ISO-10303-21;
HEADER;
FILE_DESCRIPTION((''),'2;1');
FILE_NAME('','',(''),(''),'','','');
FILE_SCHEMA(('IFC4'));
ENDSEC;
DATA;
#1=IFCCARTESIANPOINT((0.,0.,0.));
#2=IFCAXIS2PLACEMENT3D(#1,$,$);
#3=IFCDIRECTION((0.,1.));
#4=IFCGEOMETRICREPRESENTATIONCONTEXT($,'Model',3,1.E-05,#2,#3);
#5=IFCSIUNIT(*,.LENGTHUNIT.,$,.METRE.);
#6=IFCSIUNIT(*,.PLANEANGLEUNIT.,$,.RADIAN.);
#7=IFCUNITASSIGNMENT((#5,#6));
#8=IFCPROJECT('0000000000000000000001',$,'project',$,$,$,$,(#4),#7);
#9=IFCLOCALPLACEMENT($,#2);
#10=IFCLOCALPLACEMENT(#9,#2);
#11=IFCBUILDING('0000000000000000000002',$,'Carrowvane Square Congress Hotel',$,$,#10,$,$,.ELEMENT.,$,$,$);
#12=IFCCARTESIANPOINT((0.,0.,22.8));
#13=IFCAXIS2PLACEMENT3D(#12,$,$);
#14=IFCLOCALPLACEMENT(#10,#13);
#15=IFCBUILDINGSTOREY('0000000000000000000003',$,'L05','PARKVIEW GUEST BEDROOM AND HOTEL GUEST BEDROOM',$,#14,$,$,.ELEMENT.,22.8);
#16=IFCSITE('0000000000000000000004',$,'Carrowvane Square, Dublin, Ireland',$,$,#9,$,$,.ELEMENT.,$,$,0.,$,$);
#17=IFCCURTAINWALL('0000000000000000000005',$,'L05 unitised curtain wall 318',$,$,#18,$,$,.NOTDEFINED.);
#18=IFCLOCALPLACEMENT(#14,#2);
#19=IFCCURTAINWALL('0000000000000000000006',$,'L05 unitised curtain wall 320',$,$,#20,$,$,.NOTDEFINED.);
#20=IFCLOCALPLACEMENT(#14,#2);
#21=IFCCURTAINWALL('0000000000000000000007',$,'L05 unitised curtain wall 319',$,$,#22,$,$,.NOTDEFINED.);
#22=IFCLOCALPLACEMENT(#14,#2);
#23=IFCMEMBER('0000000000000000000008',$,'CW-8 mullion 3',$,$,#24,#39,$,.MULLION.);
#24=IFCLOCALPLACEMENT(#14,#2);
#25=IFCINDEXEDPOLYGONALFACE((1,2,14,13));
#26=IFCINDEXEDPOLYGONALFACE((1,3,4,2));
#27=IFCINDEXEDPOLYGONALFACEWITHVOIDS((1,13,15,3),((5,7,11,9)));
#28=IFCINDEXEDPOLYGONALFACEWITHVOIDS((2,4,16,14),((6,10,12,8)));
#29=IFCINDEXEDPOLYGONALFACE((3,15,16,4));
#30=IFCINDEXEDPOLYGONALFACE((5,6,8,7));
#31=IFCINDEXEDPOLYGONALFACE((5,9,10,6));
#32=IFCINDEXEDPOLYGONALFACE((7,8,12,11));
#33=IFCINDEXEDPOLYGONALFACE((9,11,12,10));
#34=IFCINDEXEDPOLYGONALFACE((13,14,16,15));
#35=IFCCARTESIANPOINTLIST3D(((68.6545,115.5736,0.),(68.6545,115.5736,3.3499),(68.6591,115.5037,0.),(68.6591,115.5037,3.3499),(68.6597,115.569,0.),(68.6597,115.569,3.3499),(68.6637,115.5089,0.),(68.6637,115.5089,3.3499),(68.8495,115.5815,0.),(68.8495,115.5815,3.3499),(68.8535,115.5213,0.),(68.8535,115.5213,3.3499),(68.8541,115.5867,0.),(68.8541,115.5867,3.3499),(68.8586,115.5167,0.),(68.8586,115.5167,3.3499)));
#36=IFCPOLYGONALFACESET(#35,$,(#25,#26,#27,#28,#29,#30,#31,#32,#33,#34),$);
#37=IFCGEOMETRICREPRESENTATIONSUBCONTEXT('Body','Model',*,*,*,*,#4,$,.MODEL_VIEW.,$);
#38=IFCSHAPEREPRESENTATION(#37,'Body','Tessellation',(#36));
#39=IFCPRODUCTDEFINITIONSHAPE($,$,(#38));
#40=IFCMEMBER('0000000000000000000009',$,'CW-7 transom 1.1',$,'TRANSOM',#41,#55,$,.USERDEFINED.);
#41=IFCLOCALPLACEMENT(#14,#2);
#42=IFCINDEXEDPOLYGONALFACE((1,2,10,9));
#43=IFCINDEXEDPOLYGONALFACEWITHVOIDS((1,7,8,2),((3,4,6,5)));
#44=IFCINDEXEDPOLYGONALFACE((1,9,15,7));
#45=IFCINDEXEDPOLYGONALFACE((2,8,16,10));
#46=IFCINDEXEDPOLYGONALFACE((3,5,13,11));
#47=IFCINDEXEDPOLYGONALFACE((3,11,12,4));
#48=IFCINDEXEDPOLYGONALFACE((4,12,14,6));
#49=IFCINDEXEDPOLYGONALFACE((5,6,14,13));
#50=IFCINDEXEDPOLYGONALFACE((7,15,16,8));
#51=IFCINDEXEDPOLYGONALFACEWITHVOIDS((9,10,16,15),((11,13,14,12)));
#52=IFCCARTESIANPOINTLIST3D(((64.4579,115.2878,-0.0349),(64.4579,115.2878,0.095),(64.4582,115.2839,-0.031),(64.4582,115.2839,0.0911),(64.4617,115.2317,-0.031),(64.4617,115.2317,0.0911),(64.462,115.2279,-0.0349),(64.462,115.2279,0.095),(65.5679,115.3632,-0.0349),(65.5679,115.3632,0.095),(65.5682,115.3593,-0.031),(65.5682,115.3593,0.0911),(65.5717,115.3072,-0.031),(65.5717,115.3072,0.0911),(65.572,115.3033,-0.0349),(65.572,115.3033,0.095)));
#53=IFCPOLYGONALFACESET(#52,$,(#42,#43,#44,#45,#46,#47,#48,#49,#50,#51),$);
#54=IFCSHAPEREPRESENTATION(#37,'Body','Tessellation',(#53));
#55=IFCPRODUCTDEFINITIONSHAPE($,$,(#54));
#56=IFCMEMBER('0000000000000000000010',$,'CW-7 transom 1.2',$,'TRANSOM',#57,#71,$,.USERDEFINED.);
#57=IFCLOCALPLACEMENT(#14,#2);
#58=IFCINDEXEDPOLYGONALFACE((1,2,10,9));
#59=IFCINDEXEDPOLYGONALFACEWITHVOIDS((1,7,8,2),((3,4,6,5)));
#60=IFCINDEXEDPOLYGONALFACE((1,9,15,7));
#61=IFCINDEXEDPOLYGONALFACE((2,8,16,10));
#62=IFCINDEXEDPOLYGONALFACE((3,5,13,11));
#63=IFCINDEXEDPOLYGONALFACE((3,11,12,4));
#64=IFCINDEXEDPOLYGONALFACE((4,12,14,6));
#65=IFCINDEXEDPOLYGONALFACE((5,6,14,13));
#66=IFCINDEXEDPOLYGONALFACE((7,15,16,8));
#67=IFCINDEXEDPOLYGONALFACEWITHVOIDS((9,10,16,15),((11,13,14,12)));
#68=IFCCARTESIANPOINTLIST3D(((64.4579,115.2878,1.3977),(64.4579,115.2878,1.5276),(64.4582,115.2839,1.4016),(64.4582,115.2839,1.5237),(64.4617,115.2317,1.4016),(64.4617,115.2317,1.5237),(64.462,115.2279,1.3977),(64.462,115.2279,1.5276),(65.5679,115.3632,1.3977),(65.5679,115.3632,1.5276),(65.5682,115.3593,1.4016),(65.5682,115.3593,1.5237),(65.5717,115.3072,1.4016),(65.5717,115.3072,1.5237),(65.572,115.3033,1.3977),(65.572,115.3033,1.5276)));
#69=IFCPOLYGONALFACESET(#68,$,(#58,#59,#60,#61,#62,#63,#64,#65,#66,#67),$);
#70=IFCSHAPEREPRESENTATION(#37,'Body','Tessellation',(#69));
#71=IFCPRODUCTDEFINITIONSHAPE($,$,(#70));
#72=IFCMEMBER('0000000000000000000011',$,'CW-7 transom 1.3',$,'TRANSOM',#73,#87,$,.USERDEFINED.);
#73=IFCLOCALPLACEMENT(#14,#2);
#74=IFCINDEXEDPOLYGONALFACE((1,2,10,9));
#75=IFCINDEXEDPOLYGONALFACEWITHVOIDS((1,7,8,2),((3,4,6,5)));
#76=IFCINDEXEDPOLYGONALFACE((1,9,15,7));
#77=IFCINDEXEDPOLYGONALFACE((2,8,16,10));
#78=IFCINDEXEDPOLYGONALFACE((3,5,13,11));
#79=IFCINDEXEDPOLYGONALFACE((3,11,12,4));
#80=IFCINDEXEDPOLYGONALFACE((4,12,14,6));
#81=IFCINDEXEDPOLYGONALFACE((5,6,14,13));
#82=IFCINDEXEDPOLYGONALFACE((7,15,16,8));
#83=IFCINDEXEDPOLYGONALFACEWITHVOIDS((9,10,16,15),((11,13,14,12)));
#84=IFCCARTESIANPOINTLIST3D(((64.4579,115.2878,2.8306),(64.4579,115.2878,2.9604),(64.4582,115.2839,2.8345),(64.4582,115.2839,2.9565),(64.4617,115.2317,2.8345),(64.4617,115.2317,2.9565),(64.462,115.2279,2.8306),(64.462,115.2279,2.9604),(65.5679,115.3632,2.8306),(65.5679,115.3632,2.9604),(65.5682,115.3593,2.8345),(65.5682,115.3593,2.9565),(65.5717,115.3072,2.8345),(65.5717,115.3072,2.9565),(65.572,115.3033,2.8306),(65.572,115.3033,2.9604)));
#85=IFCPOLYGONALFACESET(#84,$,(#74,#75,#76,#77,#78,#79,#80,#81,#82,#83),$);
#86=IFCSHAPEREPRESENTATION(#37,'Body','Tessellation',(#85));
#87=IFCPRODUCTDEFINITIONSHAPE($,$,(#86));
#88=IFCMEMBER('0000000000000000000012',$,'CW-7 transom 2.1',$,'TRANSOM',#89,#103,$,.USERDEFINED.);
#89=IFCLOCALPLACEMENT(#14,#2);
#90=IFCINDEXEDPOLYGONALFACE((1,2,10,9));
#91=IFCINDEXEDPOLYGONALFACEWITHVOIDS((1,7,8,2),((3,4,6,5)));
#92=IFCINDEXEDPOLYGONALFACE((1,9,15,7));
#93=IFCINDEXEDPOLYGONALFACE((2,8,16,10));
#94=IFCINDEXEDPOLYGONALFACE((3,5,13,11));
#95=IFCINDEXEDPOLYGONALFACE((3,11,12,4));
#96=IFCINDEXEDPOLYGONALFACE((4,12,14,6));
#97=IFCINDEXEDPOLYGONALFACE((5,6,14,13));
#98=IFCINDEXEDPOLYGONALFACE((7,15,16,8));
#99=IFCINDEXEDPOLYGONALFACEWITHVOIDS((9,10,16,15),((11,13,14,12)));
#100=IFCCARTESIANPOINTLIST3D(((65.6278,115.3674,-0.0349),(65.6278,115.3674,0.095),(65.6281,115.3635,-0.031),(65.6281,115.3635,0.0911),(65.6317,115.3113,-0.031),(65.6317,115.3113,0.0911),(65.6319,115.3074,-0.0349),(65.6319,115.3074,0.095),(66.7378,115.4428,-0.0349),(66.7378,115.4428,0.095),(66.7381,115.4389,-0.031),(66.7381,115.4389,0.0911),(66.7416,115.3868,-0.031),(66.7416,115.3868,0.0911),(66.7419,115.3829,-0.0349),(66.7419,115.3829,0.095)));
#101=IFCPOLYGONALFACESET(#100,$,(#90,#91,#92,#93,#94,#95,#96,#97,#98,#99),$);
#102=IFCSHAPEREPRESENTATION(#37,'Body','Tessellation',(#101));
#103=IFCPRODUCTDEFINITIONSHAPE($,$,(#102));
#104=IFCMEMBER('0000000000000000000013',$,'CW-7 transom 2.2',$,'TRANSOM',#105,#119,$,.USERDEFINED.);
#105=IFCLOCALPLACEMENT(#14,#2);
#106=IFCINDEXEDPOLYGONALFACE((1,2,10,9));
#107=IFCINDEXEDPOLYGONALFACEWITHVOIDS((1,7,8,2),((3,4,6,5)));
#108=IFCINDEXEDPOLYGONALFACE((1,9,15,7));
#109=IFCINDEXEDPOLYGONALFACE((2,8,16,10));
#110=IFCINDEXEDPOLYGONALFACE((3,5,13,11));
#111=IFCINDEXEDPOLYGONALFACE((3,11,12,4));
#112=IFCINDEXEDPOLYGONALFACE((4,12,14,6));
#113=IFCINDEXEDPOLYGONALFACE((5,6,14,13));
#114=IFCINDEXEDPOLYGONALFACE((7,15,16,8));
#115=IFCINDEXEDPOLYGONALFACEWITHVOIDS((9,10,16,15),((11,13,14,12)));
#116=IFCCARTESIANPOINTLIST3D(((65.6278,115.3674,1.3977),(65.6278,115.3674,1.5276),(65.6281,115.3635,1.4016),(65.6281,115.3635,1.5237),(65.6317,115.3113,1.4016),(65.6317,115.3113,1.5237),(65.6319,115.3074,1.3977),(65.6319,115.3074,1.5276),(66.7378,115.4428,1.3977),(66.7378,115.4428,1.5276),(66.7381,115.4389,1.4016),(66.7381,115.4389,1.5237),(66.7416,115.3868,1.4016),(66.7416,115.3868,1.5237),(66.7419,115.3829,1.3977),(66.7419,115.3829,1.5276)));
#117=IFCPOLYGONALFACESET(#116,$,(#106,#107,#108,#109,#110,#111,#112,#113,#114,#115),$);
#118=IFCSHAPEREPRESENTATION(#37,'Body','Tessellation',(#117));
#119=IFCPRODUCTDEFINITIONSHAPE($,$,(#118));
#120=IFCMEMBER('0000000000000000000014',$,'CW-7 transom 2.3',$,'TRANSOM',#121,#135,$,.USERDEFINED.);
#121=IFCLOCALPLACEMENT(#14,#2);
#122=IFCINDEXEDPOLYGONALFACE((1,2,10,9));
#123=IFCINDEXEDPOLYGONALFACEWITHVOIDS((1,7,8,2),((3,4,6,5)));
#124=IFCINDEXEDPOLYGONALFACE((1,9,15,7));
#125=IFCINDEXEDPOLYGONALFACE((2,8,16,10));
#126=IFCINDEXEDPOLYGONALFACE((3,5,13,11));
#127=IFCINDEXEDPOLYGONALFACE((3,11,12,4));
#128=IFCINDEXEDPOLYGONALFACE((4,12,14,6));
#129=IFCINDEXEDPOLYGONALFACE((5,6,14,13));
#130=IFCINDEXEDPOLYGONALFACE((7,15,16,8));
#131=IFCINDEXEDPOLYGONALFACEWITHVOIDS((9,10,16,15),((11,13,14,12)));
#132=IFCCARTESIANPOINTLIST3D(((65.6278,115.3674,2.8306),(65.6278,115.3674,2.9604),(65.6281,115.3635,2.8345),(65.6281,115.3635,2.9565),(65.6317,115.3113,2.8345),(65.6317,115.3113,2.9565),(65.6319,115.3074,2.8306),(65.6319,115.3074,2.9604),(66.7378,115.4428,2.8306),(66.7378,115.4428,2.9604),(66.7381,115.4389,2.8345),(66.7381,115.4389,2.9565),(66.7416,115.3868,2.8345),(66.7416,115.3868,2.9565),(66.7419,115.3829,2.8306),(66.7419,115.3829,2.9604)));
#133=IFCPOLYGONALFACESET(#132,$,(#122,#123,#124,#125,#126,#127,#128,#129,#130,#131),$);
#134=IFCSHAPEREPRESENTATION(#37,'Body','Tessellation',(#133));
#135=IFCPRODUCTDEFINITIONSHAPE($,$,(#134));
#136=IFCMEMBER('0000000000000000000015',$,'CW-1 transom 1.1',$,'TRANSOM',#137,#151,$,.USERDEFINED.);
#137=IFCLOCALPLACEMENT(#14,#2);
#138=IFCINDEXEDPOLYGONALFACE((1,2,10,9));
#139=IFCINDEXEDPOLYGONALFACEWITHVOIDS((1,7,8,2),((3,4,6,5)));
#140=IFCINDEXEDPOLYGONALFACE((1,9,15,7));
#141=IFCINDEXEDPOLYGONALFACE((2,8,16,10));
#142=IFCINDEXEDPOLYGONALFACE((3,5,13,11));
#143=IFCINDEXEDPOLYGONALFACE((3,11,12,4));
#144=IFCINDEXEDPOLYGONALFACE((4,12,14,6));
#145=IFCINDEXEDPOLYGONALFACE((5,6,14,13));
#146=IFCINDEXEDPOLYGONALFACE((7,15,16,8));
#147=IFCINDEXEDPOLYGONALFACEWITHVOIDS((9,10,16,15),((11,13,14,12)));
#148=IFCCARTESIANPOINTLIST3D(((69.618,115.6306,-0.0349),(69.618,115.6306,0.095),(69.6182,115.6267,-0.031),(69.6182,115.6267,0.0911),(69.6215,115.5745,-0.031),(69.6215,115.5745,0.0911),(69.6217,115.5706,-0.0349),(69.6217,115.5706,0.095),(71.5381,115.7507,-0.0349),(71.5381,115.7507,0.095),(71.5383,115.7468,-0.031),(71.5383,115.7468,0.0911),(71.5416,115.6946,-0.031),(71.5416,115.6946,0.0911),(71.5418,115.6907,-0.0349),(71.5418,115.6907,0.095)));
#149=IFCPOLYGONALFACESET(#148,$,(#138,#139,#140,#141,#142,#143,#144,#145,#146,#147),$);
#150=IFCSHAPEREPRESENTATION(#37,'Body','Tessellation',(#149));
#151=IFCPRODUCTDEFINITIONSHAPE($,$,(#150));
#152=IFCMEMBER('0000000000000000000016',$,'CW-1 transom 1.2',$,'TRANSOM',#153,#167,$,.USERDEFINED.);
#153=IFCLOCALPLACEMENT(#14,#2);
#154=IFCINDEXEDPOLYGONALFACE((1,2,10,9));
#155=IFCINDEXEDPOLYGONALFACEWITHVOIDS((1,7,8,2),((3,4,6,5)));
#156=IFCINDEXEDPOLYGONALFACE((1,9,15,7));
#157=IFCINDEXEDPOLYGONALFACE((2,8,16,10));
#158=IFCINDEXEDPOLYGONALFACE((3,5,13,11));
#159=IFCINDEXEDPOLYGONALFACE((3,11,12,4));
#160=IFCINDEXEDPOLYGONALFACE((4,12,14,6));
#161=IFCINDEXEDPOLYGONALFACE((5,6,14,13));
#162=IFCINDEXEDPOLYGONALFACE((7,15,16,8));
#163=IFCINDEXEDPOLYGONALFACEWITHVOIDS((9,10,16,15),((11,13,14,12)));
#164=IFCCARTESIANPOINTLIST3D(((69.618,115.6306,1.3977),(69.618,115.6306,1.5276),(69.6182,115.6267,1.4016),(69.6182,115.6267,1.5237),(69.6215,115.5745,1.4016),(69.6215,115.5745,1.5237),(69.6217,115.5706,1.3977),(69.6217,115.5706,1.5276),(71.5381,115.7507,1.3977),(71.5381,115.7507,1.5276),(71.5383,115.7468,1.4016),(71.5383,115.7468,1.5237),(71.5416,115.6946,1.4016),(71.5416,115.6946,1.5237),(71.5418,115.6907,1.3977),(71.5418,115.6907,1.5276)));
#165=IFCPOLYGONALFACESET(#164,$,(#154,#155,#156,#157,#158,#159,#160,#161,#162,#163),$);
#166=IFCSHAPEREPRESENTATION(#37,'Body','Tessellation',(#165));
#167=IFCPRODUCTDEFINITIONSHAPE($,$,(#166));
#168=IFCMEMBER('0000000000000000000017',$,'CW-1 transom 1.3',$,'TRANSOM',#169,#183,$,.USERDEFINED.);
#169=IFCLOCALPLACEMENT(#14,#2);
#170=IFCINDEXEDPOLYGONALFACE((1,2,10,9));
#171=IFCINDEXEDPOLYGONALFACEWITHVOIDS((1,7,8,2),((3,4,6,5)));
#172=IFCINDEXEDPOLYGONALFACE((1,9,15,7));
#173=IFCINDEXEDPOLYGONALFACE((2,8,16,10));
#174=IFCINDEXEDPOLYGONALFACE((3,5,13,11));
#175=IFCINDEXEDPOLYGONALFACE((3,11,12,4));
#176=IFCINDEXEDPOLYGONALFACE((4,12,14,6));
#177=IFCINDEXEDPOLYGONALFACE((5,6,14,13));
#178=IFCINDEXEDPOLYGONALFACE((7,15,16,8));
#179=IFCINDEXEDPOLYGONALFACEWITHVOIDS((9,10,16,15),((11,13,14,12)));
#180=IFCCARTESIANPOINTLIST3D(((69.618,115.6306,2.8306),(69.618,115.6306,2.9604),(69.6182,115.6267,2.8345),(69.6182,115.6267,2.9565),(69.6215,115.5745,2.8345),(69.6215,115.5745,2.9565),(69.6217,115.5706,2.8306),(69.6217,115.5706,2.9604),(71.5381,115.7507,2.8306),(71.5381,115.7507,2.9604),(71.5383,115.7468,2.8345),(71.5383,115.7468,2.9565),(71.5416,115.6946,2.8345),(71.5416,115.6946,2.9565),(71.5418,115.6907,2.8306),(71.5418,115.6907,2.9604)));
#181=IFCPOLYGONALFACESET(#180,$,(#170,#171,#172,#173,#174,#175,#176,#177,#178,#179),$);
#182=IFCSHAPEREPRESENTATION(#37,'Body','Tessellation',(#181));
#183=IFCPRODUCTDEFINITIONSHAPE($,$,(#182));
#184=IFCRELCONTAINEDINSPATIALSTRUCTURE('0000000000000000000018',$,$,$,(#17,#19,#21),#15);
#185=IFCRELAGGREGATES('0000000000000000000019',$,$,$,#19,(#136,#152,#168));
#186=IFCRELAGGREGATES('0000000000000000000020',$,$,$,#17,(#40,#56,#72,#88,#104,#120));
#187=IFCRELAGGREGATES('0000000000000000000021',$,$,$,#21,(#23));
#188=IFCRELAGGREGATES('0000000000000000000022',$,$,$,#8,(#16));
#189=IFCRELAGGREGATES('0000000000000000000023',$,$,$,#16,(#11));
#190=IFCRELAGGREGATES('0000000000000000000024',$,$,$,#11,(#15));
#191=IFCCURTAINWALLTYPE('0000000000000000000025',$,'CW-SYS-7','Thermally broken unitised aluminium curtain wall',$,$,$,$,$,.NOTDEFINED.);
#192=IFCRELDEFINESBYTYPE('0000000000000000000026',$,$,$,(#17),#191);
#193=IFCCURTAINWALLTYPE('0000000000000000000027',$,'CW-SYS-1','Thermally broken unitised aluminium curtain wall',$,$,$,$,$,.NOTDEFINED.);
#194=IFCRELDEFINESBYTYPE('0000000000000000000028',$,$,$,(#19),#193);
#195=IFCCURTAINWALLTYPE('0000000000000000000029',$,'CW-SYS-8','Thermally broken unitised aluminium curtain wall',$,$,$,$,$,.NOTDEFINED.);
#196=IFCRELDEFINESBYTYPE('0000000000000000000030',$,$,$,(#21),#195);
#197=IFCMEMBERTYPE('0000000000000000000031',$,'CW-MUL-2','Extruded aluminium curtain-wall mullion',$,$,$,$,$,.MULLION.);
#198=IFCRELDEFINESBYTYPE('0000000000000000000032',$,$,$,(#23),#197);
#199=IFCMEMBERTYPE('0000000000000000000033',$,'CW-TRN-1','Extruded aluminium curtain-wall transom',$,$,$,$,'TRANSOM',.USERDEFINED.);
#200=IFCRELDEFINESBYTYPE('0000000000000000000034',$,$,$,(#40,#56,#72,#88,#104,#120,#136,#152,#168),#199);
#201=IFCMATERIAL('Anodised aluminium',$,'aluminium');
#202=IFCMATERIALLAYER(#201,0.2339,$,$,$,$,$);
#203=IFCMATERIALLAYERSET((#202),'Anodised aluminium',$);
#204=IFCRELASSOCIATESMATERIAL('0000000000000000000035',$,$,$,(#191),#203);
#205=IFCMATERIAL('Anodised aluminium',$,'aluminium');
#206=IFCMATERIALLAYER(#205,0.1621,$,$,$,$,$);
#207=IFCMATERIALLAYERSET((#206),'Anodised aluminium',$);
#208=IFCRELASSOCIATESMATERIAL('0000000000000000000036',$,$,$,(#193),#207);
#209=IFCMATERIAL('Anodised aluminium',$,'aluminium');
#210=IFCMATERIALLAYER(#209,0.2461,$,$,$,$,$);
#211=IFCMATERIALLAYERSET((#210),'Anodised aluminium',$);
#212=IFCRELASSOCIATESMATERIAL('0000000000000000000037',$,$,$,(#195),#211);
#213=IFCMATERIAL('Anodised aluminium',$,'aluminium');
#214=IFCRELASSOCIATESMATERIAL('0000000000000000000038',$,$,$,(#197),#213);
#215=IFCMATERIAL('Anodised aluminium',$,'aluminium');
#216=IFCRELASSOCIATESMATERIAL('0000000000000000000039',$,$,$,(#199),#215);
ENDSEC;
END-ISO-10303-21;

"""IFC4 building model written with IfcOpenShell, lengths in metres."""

from ifc_helpers import new_model, si_unit, direction, frame, origin, origin_2d, place, context, subcontext, project, spatial, hollow_rectangle, extrude, material, layer, layer_set, material_profile, profile_set, type_object, element, aggregate, save


model = new_model("IFC4")

# Units and contexts
model_context = context("Model", 3, precision=1e-05, world=origin(), true_north=direction((0.0, 1.0)))
body_context = subcontext(model_context, "Body", "Model", "MODEL_VIEW")
ifc_project = project(units=[si_unit("LENGTHUNIT", "METRE"), si_unit("PLANEANGLEUNIT", "RADIAN")], contexts=[model_context])

# Site, building, storey
site_placement = place(None, origin())
site = spatial("IfcSite", under=ifc_project, at=site_placement, Name="Carrowvane Square, Dublin, Ireland", CompositionType="ELEMENT", RefElevation=0.0)
building_placement = place(site_placement, origin())
building = spatial("IfcBuilding", under=site, at=building_placement, Name="Carrowvane Square Congress Hotel", CompositionType="ELEMENT")
storey_placement = place(building_placement, frame((0.0, 0.0, 22.8)))
storey = spatial("IfcBuildingStorey", under=building, at=storey_placement, Name="L05", Description="PARKVIEW GUEST BEDROOM AND HOTEL GUEST BEDROOM", CompositionType="ELEMENT", Elevation=22.8)

# Curtain wall
ifc_material_1 = material(Name="Anodised aluminium", Category="aluminium")
ifc_layer_1 = layer(ifc_material_1, 0.2339)
ifc_layer_set_1 = layer_set([ifc_layer_1], Name="Anodised aluminium")
curtain_wall_type_1 = type_object("IfcCurtainWallType", Name="CW-SYS-7", Description="Thermally broken unitised aluminium curtain wall", PredefinedType="NOTDEFINED", material=ifc_layer_set_1)
curtain_wall_1_placement = place(storey_placement, origin())
curtain_wall_1 = element("IfcCurtainWall", 1, at=curtain_wall_1_placement, inside=storey, type_object=curtain_wall_type_1, Name="L05 unitised curtain wall 318", PredefinedType="NOTDEFINED")

# Curtain wall
ifc_material_2 = material(Name="Anodised aluminium", Category="aluminium")
ifc_layer_2 = layer(ifc_material_2, 0.1621)
ifc_layer_set_2 = layer_set([ifc_layer_2], Name="Anodised aluminium")
curtain_wall_type_2 = type_object("IfcCurtainWallType", Name="CW-SYS-1", Description="Thermally broken unitised aluminium curtain wall", PredefinedType="NOTDEFINED", material=ifc_layer_set_2)
curtain_wall_2_placement = place(storey_placement, origin())
curtain_wall_2 = element("IfcCurtainWall", 2, at=curtain_wall_2_placement, inside=storey, type_object=curtain_wall_type_2, Name="L05 unitised curtain wall 320", PredefinedType="NOTDEFINED")

# Curtain wall, member
ifc_material_3 = material(Name="Anodised aluminium", Category="aluminium")
ifc_layer_3 = layer(ifc_material_3, 0.2461)
ifc_layer_set_3 = layer_set([ifc_layer_3], Name="Anodised aluminium")
curtain_wall_type_3 = type_object("IfcCurtainWallType", Name="CW-SYS-8", Description="Thermally broken unitised aluminium curtain wall", PredefinedType="NOTDEFINED", material=ifc_layer_set_3)
curtain_wall_3_placement = place(storey_placement, origin())
curtain_wall_3 = element("IfcCurtainWall", 3, at=curtain_wall_3_placement, inside=storey, type_object=curtain_wall_type_3, Name="L05 unitised curtain wall 319", PredefinedType="NOTDEFINED")
ifc_material_4 = material(Name="Anodised aluminium", Category="aluminium")
ifc_material_profile_1 = material_profile(ifc_material_4, hollow_rectangle(XDim=0.0701, YDim=0.2, WallThickness=0.0049, at=origin_2d()), Name="CW-ML 70x200x5")
ifc_profile_set_1 = profile_set([ifc_material_profile_1], Name="Anodised aluminium")
member_type_1 = type_object("IfcMemberType", Name="CW-MUL-2", Description="Extruded aluminium curtain-wall mullion", PredefinedType="MULLION", material=ifc_profile_set_1)
member_1_placement = place(storey_placement, frame((68.7566, 115.5452, 0.0), z_axis=(0.0, 0.0, 1.0), x_axis=(-0.065412, 0.997858, 0.0)))
member_1 = element("IfcMember", 4, at=member_1_placement, type_object=member_type_1, Name="CW-8 mullion 3", PredefinedType="MULLION", context=body_context, shape_type="SweptSolid", body=[
    extrude(hollow_rectangle(XDim=0.0701, YDim=0.2, WallThickness=0.0049, at=origin_2d()), origin(), (0.0, 0.0, 1.0), 3.3499),
])

# Members
ifc_material_5 = material(Name="Anodised aluminium", Category="aluminium")
ifc_material_profile_2 = material_profile(ifc_material_5, hollow_rectangle(XDim=0.0601, YDim=0.1299, WallThickness=0.0039, at=origin_2d()), Name="CW-TR 60x130x4")
ifc_profile_set_2 = profile_set([ifc_material_profile_2], Name="Anodised aluminium")
member_type_2 = type_object("IfcMemberType", Name="CW-TRN-1", Description="Extruded aluminium curtain-wall transom", ElementType="TRANSOM", PredefinedType="USERDEFINED", material=ifc_profile_set_2)
member_2_placement = place(storey_placement, frame((64.46, 115.2578, 0.03), z_axis=(0.997699, 0.067801, 0.0), x_axis=(-0.067801, 0.997699, 0.0)))
member_2 = element("IfcMember", 5, at=member_2_placement, type_object=member_type_2, Name="CW-7 transom 1.1", ObjectType="TRANSOM", PredefinedType="USERDEFINED", context=body_context, shape_type="SweptSolid", body=[
    extrude(hollow_rectangle(XDim=0.0601, YDim=0.1299, WallThickness=0.0039, at=origin_2d()), origin(), (0.0, 0.0, 1.0), 1.1125),
])
member_3_placement = place(storey_placement, frame((64.46, 115.2578, 1.4626), z_axis=(0.997699, 0.067801, 0.0), x_axis=(-0.067801, 0.997699, 0.0)))
member_3 = element("IfcMember", 6, at=member_3_placement, type_object=member_type_2, Name="CW-7 transom 1.2", ObjectType="TRANSOM", PredefinedType="USERDEFINED", context=body_context, shape_type="SweptSolid", body=[
    extrude(hollow_rectangle(XDim=0.0601, YDim=0.1299, WallThickness=0.0039, at=origin_2d()), origin(), (0.0, 0.0, 1.0), 1.1125),
])
member_4_placement = place(storey_placement, frame((64.46, 115.2578, 2.8955), z_axis=(0.997699, 0.067801, 0.0), x_axis=(-0.067801, 0.997699, 0.0)))
member_4 = element("IfcMember", 7, at=member_4_placement, type_object=member_type_2, Name="CW-7 transom 1.3", ObjectType="TRANSOM", PredefinedType="USERDEFINED", context=body_context, shape_type="SweptSolid", body=[
    extrude(hollow_rectangle(XDim=0.0601, YDim=0.1299, WallThickness=0.0039, at=origin_2d()), origin(), (0.0, 0.0, 1.0), 1.1125),
])
member_5_placement = place(storey_placement, frame((65.6299, 115.3374, 0.03), z_axis=(0.997699, 0.067801, 0.0), x_axis=(-0.067801, 0.997699, 0.0)))
member_5 = element("IfcMember", 8, at=member_5_placement, type_object=member_type_2, Name="CW-7 transom 2.1", ObjectType="TRANSOM", PredefinedType="USERDEFINED", context=body_context, shape_type="SweptSolid", body=[
    extrude(hollow_rectangle(XDim=0.0601, YDim=0.1299, WallThickness=0.0039, at=origin_2d()), origin(), (0.0, 0.0, 1.0), 1.1125),
])
member_6_placement = place(storey_placement, frame((65.6299, 115.3374, 1.4626), z_axis=(0.997699, 0.067801, 0.0), x_axis=(-0.067801, 0.997699, 0.0)))
member_6 = element("IfcMember", 9, at=member_6_placement, type_object=member_type_2, Name="CW-7 transom 2.2", ObjectType="TRANSOM", PredefinedType="USERDEFINED", context=body_context, shape_type="SweptSolid", body=[
    extrude(hollow_rectangle(XDim=0.0601, YDim=0.1299, WallThickness=0.0039, at=origin_2d()), origin(), (0.0, 0.0, 1.0), 1.1125),
])
member_7_placement = place(storey_placement, frame((65.6299, 115.3374, 2.8955), z_axis=(0.997699, 0.067801, 0.0), x_axis=(-0.067801, 0.997699, 0.0)))
member_7 = element("IfcMember", 10, at=member_7_placement, type_object=member_type_2, Name="CW-7 transom 2.3", ObjectType="TRANSOM", PredefinedType="USERDEFINED", context=body_context, shape_type="SweptSolid", body=[
    extrude(hollow_rectangle(XDim=0.0601, YDim=0.1299, WallThickness=0.0039, at=origin_2d()), origin(), (0.0, 0.0, 1.0), 1.1125),
])
member_8_placement = place(storey_placement, frame((69.6199, 115.6006, 0.03), z_axis=(0.998049, 0.062434, 0.0), x_axis=(-0.062434, 0.998049, 0.0)))
member_8 = element("IfcMember", 11, at=member_8_placement, type_object=member_type_2, Name="CW-1 transom 1.1", ObjectType="TRANSOM", PredefinedType="USERDEFINED", context=body_context, shape_type="SweptSolid", body=[
    extrude(hollow_rectangle(XDim=0.0601, YDim=0.1299, WallThickness=0.0039, at=origin_2d()), origin(), (0.0, 0.0, 1.0), 1.9238),
])
member_9_placement = place(storey_placement, frame((69.6199, 115.6006, 1.4626), z_axis=(0.998049, 0.062434, 0.0), x_axis=(-0.062434, 0.998049, 0.0)))
member_9 = element("IfcMember", 12, at=member_9_placement, type_object=member_type_2, Name="CW-1 transom 1.2", ObjectType="TRANSOM", PredefinedType="USERDEFINED", context=body_context, shape_type="SweptSolid", body=[
    extrude(hollow_rectangle(XDim=0.0601, YDim=0.1299, WallThickness=0.0039, at=origin_2d()), origin(), (0.0, 0.0, 1.0), 1.9238),
])
member_10_placement = place(storey_placement, frame((69.6199, 115.6006, 2.8955), z_axis=(0.998049, 0.062434, 0.0), x_axis=(-0.062434, 0.998049, 0.0)))
member_10 = element("IfcMember", 13, at=member_10_placement, type_object=member_type_2, Name="CW-1 transom 1.3", ObjectType="TRANSOM", PredefinedType="USERDEFINED", context=body_context, shape_type="SweptSolid", body=[
    extrude(hollow_rectangle(XDim=0.0601, YDim=0.1299, WallThickness=0.0039, at=origin_2d()), origin(), (0.0, 0.0, 1.0), 1.9238),
])

aggregate(curtain_wall_2, [member_8, member_9, member_10])
aggregate(curtain_wall_1, [member_2, member_3, member_4, member_5, member_6, member_7])
aggregate(curtain_wall_3, [member_1])

save(model, "model.ifc")
